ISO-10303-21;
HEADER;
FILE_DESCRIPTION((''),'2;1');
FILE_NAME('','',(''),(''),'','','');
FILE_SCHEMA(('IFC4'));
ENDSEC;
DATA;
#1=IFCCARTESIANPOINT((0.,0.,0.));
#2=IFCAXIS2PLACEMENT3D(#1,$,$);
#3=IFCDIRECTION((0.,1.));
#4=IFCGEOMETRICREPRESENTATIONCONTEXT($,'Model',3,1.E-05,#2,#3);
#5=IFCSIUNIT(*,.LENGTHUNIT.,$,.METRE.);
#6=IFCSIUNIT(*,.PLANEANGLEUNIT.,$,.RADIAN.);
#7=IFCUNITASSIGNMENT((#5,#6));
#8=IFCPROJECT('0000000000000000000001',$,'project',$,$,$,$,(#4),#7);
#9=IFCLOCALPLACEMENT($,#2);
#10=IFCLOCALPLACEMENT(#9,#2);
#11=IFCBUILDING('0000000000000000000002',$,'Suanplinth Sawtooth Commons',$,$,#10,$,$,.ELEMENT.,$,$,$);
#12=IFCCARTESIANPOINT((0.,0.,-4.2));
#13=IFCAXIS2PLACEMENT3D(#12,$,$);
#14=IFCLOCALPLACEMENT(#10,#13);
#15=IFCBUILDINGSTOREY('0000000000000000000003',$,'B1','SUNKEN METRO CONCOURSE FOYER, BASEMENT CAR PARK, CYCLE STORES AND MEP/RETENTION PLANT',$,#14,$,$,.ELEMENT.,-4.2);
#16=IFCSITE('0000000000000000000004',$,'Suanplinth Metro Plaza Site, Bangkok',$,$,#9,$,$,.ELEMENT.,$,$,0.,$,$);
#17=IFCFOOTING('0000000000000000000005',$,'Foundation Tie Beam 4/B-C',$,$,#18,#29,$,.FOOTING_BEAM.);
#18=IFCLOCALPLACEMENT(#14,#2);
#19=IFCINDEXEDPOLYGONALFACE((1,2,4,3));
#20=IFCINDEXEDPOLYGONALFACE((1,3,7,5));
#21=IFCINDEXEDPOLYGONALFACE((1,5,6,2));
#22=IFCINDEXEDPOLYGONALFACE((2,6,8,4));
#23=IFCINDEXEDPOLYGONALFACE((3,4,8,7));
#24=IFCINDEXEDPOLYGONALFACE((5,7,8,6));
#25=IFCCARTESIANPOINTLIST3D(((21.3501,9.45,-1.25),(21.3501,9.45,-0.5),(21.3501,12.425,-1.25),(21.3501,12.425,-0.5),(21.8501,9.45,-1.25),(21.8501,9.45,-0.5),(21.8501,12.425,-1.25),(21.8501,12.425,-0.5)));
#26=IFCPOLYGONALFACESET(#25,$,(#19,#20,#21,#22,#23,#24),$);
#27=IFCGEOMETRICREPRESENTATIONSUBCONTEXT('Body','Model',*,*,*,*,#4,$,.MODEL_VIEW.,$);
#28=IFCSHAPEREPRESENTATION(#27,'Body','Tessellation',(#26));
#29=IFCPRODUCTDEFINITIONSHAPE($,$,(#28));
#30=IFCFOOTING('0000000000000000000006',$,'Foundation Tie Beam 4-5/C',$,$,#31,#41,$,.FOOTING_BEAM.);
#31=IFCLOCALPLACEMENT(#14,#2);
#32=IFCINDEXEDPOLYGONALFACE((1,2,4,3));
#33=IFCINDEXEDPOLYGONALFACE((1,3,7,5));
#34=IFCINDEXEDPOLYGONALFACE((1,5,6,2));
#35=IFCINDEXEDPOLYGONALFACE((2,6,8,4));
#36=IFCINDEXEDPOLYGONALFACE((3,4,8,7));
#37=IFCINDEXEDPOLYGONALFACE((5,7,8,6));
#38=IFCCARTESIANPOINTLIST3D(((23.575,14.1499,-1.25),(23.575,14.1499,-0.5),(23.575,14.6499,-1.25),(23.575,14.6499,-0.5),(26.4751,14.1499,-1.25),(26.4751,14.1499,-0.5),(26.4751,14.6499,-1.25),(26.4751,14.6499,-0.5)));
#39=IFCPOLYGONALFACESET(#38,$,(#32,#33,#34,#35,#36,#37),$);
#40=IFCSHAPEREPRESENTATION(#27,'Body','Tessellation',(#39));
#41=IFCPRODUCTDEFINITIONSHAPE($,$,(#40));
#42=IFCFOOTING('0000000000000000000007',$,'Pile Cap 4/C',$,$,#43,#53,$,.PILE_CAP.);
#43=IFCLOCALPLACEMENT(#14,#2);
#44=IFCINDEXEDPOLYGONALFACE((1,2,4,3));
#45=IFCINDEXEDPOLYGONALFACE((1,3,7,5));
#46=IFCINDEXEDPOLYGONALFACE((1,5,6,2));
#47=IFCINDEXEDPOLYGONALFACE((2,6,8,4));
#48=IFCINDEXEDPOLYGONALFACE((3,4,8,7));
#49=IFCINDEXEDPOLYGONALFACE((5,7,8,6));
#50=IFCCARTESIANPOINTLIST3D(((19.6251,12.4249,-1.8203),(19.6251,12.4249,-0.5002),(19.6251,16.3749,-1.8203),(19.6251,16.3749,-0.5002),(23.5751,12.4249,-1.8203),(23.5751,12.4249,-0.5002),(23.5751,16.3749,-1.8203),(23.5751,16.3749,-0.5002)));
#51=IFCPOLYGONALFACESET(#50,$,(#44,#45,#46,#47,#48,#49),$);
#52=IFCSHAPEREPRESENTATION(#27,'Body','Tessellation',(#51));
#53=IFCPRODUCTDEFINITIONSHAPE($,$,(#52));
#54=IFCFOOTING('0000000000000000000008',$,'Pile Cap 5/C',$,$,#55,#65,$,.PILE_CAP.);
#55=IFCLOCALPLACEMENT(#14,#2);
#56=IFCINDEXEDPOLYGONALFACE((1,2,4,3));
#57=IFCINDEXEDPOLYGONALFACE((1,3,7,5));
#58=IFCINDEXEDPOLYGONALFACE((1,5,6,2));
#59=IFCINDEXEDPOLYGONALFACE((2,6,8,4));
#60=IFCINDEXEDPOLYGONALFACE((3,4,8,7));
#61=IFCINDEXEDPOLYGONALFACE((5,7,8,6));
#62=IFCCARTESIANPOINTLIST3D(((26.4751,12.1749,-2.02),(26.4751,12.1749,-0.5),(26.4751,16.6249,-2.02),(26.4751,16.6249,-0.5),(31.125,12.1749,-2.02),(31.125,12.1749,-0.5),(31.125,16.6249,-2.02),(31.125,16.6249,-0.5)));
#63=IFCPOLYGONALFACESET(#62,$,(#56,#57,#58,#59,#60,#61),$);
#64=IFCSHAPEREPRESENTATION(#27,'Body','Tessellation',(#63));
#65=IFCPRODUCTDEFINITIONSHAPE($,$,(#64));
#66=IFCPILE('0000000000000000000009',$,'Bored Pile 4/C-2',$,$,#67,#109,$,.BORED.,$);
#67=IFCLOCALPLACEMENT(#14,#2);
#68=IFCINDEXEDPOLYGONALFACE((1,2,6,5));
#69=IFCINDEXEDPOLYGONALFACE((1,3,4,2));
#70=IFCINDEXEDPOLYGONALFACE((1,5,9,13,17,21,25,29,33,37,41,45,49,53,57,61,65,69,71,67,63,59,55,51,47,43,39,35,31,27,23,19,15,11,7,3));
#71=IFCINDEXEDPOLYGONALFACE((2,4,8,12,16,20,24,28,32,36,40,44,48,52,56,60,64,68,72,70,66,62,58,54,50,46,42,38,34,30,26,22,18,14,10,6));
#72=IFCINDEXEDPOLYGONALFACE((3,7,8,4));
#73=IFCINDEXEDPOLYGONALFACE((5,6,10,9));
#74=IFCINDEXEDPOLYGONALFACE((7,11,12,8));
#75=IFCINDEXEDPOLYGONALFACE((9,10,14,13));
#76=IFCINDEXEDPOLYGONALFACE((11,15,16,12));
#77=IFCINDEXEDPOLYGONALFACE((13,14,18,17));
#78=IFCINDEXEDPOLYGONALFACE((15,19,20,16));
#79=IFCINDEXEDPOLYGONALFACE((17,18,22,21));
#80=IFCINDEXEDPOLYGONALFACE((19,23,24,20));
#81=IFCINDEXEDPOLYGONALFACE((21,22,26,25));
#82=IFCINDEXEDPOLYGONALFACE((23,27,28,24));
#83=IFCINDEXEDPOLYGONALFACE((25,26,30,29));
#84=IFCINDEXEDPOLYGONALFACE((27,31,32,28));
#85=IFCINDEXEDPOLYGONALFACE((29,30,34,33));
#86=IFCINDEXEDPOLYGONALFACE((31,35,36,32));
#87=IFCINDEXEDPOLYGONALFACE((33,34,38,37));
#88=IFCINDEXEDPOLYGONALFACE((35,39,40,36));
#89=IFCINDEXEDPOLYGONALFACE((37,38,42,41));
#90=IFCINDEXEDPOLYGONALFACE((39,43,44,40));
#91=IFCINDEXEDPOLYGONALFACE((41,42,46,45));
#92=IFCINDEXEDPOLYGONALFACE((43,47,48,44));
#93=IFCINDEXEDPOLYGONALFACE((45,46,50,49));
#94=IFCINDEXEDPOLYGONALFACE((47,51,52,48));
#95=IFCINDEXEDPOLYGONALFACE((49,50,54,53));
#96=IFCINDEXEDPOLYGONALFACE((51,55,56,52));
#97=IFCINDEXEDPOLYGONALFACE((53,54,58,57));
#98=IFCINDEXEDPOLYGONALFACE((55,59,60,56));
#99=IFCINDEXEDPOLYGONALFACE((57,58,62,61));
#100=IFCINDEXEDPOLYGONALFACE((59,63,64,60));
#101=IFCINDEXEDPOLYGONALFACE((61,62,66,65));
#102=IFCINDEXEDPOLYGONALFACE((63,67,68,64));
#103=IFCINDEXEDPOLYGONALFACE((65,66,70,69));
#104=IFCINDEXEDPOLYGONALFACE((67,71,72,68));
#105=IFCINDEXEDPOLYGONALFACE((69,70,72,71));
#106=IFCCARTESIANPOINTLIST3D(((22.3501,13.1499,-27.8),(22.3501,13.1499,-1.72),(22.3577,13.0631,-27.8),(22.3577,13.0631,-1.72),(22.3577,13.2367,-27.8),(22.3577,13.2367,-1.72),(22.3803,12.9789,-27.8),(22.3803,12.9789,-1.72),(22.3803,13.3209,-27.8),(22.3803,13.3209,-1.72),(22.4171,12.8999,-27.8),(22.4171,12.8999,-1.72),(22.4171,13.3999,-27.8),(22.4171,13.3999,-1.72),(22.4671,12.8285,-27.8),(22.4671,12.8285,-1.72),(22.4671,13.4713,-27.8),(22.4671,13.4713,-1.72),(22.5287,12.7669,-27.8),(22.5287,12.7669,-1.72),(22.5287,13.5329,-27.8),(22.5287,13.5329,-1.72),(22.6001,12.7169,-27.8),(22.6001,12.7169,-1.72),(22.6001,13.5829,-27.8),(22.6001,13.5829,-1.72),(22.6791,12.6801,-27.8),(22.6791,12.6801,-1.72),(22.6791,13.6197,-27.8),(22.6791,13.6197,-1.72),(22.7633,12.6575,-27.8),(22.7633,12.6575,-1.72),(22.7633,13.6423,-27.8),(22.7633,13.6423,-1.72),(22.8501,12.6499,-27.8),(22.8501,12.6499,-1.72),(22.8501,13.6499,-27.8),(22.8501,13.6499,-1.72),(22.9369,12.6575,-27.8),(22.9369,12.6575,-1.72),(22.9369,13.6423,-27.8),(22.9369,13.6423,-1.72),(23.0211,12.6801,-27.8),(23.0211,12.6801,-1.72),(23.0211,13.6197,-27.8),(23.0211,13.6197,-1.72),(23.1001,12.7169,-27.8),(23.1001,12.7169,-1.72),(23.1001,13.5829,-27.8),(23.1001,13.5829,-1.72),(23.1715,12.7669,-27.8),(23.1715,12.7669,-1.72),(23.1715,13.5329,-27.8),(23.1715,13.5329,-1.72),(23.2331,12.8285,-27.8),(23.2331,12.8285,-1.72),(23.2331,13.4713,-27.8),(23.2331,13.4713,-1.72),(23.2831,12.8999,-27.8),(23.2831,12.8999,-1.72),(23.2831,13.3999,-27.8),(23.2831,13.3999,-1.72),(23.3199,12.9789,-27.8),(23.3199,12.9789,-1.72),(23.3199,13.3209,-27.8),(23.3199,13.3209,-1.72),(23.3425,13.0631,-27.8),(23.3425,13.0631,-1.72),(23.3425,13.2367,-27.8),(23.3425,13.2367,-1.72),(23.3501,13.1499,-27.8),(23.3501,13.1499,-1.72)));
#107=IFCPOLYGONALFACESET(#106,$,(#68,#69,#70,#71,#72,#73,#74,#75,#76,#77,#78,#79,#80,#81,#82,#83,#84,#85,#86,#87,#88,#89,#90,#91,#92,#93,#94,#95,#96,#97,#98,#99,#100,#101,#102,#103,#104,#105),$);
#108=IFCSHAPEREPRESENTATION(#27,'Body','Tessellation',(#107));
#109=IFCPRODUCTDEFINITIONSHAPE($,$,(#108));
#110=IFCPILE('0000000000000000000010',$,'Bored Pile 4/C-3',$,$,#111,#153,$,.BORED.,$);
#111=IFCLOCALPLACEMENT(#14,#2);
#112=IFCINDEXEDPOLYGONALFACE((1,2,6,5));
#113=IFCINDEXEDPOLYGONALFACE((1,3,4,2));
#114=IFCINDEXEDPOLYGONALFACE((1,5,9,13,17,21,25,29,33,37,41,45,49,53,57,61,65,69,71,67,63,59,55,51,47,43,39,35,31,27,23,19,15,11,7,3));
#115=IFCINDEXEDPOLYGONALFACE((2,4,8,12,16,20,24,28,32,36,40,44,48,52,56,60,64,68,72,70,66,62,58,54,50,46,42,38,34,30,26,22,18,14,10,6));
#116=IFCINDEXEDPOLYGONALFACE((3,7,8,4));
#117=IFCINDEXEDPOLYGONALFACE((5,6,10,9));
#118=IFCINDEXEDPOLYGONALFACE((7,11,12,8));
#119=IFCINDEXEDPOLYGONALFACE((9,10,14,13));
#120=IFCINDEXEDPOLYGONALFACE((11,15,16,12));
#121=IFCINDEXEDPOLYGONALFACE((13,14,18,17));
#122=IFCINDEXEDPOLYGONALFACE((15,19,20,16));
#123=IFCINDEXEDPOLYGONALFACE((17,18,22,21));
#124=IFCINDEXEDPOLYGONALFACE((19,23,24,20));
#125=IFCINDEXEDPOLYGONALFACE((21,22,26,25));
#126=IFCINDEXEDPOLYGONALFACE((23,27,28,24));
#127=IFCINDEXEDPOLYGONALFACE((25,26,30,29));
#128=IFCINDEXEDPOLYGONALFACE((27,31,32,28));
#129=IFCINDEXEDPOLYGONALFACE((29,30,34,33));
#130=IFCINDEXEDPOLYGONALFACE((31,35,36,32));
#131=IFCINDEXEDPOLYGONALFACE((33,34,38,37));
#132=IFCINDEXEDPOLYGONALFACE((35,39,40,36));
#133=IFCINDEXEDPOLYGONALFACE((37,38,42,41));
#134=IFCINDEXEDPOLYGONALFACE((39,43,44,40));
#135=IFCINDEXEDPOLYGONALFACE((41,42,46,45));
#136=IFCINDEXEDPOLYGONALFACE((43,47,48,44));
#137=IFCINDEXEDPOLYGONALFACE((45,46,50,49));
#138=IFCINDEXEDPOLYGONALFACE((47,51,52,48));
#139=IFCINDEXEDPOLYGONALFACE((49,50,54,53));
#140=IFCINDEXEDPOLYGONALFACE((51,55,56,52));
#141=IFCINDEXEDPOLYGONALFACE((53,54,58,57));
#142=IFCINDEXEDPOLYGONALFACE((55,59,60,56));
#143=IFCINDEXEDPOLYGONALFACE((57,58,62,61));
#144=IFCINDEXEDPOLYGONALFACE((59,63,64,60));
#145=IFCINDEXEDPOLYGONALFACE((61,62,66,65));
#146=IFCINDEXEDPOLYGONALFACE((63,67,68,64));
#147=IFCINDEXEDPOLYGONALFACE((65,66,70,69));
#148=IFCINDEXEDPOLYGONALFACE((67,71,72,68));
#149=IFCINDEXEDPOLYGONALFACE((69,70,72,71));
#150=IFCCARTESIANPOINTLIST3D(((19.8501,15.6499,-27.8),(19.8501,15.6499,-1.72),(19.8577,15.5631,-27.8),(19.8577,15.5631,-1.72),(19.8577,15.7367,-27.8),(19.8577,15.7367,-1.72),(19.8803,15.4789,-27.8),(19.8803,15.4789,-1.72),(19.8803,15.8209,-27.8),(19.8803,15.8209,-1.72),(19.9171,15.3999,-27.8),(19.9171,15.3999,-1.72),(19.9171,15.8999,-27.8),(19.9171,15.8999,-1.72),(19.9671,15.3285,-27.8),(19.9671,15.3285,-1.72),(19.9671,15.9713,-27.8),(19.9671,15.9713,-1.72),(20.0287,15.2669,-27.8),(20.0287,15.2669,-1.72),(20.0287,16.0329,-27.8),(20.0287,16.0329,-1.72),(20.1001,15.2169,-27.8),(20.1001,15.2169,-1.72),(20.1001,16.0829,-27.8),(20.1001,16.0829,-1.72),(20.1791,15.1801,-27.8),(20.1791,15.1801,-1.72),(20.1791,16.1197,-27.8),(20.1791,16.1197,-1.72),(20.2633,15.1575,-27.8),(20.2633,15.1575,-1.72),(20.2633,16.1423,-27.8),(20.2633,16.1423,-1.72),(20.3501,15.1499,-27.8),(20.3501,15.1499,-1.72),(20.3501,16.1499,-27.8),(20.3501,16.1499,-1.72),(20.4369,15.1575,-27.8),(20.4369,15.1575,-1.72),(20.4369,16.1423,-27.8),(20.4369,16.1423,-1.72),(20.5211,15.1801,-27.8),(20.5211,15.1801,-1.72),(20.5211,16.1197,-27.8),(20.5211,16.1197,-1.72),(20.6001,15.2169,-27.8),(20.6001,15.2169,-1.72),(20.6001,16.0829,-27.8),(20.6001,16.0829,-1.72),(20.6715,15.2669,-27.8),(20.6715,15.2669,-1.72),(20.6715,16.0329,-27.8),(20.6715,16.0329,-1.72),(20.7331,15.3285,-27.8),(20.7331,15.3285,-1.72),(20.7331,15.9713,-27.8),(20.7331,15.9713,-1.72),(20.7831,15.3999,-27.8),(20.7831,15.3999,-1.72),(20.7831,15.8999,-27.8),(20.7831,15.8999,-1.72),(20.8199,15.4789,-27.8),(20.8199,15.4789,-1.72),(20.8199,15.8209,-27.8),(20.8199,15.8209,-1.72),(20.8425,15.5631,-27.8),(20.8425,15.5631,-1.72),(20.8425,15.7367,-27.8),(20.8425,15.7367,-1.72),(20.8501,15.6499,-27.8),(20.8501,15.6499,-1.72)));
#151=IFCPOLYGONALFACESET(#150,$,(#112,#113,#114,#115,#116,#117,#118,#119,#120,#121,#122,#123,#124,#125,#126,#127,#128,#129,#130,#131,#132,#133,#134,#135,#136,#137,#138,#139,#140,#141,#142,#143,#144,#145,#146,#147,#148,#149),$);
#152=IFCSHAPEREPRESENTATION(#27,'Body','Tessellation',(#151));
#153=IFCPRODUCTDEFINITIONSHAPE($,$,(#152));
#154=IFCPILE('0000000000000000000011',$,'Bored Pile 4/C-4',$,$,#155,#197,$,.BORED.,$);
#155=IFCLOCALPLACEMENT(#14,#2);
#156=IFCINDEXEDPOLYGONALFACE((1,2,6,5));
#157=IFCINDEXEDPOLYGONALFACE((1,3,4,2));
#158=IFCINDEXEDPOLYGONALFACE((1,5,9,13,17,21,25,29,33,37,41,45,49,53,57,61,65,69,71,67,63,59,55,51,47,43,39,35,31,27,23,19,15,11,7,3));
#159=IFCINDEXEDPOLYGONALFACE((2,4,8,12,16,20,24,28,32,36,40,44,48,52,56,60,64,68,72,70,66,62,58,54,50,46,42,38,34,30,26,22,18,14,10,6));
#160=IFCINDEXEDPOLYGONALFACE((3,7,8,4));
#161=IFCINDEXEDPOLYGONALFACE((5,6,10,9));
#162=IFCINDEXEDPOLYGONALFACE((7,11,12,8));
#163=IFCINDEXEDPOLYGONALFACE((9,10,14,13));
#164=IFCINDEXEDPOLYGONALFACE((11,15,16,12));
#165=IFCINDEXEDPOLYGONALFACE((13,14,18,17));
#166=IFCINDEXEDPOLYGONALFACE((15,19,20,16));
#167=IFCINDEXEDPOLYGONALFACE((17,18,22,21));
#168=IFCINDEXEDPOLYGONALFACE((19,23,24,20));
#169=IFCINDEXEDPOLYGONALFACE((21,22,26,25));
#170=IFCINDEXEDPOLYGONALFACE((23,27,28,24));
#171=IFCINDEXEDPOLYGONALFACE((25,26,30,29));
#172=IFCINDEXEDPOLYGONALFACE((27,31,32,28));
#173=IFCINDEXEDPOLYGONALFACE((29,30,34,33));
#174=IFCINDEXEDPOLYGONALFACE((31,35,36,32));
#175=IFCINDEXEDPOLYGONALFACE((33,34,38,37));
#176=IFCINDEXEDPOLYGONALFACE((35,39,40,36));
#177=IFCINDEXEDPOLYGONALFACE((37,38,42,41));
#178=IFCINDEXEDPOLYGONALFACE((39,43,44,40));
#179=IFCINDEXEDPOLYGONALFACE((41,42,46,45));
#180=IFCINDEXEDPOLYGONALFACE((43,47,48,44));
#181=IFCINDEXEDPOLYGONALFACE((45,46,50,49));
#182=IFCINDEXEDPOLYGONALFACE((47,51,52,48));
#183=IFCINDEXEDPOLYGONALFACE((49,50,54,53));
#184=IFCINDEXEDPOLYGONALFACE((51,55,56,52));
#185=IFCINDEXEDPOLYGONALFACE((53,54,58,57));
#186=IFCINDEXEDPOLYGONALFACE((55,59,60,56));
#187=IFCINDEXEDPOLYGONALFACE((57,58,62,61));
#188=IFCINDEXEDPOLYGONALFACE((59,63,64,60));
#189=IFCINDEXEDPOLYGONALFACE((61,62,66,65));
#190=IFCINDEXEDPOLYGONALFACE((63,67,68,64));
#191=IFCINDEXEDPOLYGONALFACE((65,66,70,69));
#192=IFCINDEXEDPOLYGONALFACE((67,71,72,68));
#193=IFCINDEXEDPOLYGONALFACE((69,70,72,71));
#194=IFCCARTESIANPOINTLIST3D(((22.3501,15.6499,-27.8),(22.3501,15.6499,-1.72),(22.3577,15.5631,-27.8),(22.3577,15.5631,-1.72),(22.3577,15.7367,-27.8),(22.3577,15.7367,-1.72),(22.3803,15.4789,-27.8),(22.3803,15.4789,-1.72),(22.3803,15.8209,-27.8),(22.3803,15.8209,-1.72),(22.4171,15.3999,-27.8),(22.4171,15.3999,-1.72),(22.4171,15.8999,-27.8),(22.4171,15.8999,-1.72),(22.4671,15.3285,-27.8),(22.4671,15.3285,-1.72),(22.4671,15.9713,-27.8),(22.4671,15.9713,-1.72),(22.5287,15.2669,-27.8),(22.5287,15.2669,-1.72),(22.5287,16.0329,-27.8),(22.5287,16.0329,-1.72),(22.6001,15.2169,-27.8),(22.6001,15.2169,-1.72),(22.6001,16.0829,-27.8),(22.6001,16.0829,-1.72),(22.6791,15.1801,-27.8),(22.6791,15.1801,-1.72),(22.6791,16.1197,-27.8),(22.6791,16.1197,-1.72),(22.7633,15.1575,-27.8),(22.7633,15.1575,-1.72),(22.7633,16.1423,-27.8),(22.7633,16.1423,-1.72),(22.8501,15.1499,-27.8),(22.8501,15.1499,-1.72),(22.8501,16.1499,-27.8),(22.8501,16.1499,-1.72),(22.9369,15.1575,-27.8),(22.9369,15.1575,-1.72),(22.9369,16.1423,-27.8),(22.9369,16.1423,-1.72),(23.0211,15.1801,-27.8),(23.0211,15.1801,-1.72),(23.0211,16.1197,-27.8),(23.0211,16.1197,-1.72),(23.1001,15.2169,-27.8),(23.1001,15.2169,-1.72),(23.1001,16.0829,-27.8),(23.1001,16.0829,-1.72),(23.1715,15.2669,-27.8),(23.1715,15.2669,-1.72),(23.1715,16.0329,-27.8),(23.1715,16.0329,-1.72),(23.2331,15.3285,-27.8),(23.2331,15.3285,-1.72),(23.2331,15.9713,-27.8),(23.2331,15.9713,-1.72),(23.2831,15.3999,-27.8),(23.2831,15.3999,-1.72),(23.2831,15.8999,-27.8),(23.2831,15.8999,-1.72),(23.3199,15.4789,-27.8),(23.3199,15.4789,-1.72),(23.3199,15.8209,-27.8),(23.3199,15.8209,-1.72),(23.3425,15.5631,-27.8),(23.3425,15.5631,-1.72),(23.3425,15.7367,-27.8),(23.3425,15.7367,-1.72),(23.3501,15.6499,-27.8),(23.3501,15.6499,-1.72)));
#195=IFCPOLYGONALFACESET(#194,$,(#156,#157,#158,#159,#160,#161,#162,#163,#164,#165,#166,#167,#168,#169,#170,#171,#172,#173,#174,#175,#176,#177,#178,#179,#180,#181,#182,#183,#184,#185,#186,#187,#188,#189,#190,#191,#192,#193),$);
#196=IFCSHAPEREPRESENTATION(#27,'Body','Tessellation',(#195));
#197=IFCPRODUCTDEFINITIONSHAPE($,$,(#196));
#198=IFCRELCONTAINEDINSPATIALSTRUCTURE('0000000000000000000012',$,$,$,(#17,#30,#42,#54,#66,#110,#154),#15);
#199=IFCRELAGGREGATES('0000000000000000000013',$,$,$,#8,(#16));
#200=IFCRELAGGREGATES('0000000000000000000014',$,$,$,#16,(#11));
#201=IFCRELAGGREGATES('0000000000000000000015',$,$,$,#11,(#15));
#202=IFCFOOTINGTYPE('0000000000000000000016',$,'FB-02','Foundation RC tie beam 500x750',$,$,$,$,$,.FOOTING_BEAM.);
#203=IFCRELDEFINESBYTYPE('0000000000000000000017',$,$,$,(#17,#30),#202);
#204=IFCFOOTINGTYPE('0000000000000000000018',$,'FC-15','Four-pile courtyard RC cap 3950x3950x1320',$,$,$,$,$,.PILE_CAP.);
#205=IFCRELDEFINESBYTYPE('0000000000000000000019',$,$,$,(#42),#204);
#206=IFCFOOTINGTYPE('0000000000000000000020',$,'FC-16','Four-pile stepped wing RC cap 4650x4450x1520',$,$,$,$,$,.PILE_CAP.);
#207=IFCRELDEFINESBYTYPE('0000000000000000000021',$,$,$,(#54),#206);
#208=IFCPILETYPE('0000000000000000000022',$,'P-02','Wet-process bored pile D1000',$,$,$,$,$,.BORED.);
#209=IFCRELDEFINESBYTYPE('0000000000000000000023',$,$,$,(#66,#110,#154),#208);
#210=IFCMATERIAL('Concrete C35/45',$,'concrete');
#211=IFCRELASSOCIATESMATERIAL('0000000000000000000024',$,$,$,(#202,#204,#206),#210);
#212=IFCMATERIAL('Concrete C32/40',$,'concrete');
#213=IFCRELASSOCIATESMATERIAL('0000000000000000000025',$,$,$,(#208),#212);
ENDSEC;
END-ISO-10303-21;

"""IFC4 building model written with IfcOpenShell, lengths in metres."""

from ifc_helpers import new_model, si_unit, direction, frame, origin, origin_2d, place, context, subcontext, project, spatial, rectangle, circle, extrude, material, material_profile, profile_set, type_object, element, save


model = new_model("IFC4")

# Units and contexts
model_context = context("Model", 3, precision=1e-05, world=origin(), true_north=direction((0.0, 1.0)))
body_context = subcontext(model_context, "Body", "Model", "MODEL_VIEW")
ifc_project = project(units=[si_unit("LENGTHUNIT", "METRE"), si_unit("PLANEANGLEUNIT", "RADIAN")], contexts=[model_context])

# Site, building, storey
site_placement = place(None, origin())
site = spatial("IfcSite", under=ifc_project, at=site_placement, Name="Suanplinth Metro Plaza Site, Bangkok", CompositionType="ELEMENT", RefElevation=0.0)
building_placement = place(site_placement, origin())
building = spatial("IfcBuilding", under=site, at=building_placement, Name="Suanplinth Sawtooth Commons", CompositionType="ELEMENT")
storey_placement = place(building_placement, frame((0.0, 0.0, -4.2)))
storey = spatial("IfcBuildingStorey", under=building, at=storey_placement, Name="B1", Description="SUNKEN METRO CONCOURSE FOYER, BASEMENT CAR PARK, CYCLE STORES AND MEP/RETENTION PLANT", CompositionType="ELEMENT", Elevation=-4.2)

# Footings
ifc_material_1 = material(Name="Concrete C35/45", Category="concrete")
ifc_material_profile_1 = material_profile(ifc_material_1, rectangle(XDim=0.5, YDim=0.75, at=origin_2d()), Name="RC-GDR 500x750")
ifc_profile_set_1 = profile_set([ifc_material_profile_1], Name="Concrete C35/45")
footing_type_1 = type_object("IfcFootingType", Name="FB-02", Description="Foundation RC tie beam 500x750", PredefinedType="FOOTING_BEAM", material=ifc_profile_set_1)
footing_1_placement = place(storey_placement, frame((21.6001, 9.45, -0.875), z_axis=(0.0, 1.0, 0.0), x_axis=(-1.0, 0.0, 0.0)))
element("IfcFooting", 1, at=footing_1_placement, inside=storey, type_object=footing_type_1, Name="Foundation Tie Beam 4/B-C", PredefinedType="FOOTING_BEAM", context=body_context, shape_type="SweptSolid", body=[
    extrude(rectangle(XDim=0.5, YDim=0.75, at=origin_2d()), origin(), (0.0, 0.0, 1.0), 2.9751),
])
footing_2_placement = place(storey_placement, frame((23.575, 14.3999, -0.875), z_axis=(1.0, 0.0, 0.0), x_axis=(0.0, 1.0, 0.0)))
element("IfcFooting", 2, at=footing_2_placement, inside=storey, type_object=footing_type_1, Name="Foundation Tie Beam 4-5/C", PredefinedType="FOOTING_BEAM", context=body_context, shape_type="SweptSolid", body=[
    extrude(rectangle(XDim=0.5, YDim=0.75, at=origin_2d()), origin(), (0.0, 0.0, 1.0), 2.9001),
])
footing_type_2 = type_object("IfcFootingType", Name="FC-15", Description="Four-pile courtyard RC cap 3950x3950x1320", PredefinedType="PILE_CAP", material=ifc_material_1)
footing_3_placement = place(storey_placement, frame((21.6001, 14.3999, -1.8203), z_axis=(0.0, 0.0, 1.0), x_axis=(1.0, 0.0, 0.0)))
element("IfcFooting", 3, at=footing_3_placement, inside=storey, type_object=footing_type_2, Name="Pile Cap 4/C", PredefinedType="PILE_CAP", context=body_context, shape_type="SweptSolid", body=[
    extrude(rectangle(XDim=3.95, YDim=3.95, at=origin_2d()), origin(), (0.0, 0.0, 1.0), 1.3201),
])
footing_type_3 = type_object("IfcFootingType", Name="FC-16", Description="Four-pile stepped wing RC cap 4650x4450x1520", PredefinedType="PILE_CAP", material=ifc_material_1)
footing_4_placement = place(storey_placement, frame((28.8, 14.3999, -2.02), z_axis=(0.0, 0.0, 1.0), x_axis=(1.0, 0.0, 0.0)))
element("IfcFooting", 4, at=footing_4_placement, inside=storey, type_object=footing_type_3, Name="Pile Cap 5/C", PredefinedType="PILE_CAP", context=body_context, shape_type="SweptSolid", body=[
    extrude(rectangle(XDim=4.6499, YDim=4.45, at=origin_2d()), origin(), (0.0, 0.0, 1.0), 1.52),
])

# Piles
ifc_material_2 = material(Name="Concrete C32/40", Category="concrete")
ifc_material_profile_2 = material_profile(ifc_material_2, circle(Radius=0.5, at=origin_2d()), Name="PILE D1000")
ifc_profile_set_2 = profile_set([ifc_material_profile_2], Name="Concrete C32/40")
pile_type = type_object("IfcPileType", Name="P-02", Description="Wet-process bored pile D1000", PredefinedType="BORED", material=ifc_profile_set_2)
for number, where, z_axis, x_axis, name in (
    (5, (22.8501, 13.1499, -1.72), (0.0, 0.0, -1.0), (1.0, 0.0, 0.0), "Bored Pile 4/C-2"),
    (6, (20.3501, 15.6499, -1.72), (0.0, 0.0, -1.0), (1.0, 0.0, 0.0), "Bored Pile 4/C-3"),
    (7, (22.8501, 15.6499, -1.72), (0.0, 0.0, -1.0), (1.0, 0.0, 0.0), "Bored Pile 4/C-4"),
):
    element("IfcPile", number, at=place(storey_placement, frame(where, z_axis=z_axis, x_axis=x_axis)), inside=storey, type_object=pile_type, Name=name, PredefinedType="BORED", context=body_context, shape_type="SweptSolid", body=[
        extrude(circle(Radius=0.5, at=origin_2d()), origin(), (0.0, 0.0, 1.0), 26.0801),
    ])

save(model, "model.ifc")
